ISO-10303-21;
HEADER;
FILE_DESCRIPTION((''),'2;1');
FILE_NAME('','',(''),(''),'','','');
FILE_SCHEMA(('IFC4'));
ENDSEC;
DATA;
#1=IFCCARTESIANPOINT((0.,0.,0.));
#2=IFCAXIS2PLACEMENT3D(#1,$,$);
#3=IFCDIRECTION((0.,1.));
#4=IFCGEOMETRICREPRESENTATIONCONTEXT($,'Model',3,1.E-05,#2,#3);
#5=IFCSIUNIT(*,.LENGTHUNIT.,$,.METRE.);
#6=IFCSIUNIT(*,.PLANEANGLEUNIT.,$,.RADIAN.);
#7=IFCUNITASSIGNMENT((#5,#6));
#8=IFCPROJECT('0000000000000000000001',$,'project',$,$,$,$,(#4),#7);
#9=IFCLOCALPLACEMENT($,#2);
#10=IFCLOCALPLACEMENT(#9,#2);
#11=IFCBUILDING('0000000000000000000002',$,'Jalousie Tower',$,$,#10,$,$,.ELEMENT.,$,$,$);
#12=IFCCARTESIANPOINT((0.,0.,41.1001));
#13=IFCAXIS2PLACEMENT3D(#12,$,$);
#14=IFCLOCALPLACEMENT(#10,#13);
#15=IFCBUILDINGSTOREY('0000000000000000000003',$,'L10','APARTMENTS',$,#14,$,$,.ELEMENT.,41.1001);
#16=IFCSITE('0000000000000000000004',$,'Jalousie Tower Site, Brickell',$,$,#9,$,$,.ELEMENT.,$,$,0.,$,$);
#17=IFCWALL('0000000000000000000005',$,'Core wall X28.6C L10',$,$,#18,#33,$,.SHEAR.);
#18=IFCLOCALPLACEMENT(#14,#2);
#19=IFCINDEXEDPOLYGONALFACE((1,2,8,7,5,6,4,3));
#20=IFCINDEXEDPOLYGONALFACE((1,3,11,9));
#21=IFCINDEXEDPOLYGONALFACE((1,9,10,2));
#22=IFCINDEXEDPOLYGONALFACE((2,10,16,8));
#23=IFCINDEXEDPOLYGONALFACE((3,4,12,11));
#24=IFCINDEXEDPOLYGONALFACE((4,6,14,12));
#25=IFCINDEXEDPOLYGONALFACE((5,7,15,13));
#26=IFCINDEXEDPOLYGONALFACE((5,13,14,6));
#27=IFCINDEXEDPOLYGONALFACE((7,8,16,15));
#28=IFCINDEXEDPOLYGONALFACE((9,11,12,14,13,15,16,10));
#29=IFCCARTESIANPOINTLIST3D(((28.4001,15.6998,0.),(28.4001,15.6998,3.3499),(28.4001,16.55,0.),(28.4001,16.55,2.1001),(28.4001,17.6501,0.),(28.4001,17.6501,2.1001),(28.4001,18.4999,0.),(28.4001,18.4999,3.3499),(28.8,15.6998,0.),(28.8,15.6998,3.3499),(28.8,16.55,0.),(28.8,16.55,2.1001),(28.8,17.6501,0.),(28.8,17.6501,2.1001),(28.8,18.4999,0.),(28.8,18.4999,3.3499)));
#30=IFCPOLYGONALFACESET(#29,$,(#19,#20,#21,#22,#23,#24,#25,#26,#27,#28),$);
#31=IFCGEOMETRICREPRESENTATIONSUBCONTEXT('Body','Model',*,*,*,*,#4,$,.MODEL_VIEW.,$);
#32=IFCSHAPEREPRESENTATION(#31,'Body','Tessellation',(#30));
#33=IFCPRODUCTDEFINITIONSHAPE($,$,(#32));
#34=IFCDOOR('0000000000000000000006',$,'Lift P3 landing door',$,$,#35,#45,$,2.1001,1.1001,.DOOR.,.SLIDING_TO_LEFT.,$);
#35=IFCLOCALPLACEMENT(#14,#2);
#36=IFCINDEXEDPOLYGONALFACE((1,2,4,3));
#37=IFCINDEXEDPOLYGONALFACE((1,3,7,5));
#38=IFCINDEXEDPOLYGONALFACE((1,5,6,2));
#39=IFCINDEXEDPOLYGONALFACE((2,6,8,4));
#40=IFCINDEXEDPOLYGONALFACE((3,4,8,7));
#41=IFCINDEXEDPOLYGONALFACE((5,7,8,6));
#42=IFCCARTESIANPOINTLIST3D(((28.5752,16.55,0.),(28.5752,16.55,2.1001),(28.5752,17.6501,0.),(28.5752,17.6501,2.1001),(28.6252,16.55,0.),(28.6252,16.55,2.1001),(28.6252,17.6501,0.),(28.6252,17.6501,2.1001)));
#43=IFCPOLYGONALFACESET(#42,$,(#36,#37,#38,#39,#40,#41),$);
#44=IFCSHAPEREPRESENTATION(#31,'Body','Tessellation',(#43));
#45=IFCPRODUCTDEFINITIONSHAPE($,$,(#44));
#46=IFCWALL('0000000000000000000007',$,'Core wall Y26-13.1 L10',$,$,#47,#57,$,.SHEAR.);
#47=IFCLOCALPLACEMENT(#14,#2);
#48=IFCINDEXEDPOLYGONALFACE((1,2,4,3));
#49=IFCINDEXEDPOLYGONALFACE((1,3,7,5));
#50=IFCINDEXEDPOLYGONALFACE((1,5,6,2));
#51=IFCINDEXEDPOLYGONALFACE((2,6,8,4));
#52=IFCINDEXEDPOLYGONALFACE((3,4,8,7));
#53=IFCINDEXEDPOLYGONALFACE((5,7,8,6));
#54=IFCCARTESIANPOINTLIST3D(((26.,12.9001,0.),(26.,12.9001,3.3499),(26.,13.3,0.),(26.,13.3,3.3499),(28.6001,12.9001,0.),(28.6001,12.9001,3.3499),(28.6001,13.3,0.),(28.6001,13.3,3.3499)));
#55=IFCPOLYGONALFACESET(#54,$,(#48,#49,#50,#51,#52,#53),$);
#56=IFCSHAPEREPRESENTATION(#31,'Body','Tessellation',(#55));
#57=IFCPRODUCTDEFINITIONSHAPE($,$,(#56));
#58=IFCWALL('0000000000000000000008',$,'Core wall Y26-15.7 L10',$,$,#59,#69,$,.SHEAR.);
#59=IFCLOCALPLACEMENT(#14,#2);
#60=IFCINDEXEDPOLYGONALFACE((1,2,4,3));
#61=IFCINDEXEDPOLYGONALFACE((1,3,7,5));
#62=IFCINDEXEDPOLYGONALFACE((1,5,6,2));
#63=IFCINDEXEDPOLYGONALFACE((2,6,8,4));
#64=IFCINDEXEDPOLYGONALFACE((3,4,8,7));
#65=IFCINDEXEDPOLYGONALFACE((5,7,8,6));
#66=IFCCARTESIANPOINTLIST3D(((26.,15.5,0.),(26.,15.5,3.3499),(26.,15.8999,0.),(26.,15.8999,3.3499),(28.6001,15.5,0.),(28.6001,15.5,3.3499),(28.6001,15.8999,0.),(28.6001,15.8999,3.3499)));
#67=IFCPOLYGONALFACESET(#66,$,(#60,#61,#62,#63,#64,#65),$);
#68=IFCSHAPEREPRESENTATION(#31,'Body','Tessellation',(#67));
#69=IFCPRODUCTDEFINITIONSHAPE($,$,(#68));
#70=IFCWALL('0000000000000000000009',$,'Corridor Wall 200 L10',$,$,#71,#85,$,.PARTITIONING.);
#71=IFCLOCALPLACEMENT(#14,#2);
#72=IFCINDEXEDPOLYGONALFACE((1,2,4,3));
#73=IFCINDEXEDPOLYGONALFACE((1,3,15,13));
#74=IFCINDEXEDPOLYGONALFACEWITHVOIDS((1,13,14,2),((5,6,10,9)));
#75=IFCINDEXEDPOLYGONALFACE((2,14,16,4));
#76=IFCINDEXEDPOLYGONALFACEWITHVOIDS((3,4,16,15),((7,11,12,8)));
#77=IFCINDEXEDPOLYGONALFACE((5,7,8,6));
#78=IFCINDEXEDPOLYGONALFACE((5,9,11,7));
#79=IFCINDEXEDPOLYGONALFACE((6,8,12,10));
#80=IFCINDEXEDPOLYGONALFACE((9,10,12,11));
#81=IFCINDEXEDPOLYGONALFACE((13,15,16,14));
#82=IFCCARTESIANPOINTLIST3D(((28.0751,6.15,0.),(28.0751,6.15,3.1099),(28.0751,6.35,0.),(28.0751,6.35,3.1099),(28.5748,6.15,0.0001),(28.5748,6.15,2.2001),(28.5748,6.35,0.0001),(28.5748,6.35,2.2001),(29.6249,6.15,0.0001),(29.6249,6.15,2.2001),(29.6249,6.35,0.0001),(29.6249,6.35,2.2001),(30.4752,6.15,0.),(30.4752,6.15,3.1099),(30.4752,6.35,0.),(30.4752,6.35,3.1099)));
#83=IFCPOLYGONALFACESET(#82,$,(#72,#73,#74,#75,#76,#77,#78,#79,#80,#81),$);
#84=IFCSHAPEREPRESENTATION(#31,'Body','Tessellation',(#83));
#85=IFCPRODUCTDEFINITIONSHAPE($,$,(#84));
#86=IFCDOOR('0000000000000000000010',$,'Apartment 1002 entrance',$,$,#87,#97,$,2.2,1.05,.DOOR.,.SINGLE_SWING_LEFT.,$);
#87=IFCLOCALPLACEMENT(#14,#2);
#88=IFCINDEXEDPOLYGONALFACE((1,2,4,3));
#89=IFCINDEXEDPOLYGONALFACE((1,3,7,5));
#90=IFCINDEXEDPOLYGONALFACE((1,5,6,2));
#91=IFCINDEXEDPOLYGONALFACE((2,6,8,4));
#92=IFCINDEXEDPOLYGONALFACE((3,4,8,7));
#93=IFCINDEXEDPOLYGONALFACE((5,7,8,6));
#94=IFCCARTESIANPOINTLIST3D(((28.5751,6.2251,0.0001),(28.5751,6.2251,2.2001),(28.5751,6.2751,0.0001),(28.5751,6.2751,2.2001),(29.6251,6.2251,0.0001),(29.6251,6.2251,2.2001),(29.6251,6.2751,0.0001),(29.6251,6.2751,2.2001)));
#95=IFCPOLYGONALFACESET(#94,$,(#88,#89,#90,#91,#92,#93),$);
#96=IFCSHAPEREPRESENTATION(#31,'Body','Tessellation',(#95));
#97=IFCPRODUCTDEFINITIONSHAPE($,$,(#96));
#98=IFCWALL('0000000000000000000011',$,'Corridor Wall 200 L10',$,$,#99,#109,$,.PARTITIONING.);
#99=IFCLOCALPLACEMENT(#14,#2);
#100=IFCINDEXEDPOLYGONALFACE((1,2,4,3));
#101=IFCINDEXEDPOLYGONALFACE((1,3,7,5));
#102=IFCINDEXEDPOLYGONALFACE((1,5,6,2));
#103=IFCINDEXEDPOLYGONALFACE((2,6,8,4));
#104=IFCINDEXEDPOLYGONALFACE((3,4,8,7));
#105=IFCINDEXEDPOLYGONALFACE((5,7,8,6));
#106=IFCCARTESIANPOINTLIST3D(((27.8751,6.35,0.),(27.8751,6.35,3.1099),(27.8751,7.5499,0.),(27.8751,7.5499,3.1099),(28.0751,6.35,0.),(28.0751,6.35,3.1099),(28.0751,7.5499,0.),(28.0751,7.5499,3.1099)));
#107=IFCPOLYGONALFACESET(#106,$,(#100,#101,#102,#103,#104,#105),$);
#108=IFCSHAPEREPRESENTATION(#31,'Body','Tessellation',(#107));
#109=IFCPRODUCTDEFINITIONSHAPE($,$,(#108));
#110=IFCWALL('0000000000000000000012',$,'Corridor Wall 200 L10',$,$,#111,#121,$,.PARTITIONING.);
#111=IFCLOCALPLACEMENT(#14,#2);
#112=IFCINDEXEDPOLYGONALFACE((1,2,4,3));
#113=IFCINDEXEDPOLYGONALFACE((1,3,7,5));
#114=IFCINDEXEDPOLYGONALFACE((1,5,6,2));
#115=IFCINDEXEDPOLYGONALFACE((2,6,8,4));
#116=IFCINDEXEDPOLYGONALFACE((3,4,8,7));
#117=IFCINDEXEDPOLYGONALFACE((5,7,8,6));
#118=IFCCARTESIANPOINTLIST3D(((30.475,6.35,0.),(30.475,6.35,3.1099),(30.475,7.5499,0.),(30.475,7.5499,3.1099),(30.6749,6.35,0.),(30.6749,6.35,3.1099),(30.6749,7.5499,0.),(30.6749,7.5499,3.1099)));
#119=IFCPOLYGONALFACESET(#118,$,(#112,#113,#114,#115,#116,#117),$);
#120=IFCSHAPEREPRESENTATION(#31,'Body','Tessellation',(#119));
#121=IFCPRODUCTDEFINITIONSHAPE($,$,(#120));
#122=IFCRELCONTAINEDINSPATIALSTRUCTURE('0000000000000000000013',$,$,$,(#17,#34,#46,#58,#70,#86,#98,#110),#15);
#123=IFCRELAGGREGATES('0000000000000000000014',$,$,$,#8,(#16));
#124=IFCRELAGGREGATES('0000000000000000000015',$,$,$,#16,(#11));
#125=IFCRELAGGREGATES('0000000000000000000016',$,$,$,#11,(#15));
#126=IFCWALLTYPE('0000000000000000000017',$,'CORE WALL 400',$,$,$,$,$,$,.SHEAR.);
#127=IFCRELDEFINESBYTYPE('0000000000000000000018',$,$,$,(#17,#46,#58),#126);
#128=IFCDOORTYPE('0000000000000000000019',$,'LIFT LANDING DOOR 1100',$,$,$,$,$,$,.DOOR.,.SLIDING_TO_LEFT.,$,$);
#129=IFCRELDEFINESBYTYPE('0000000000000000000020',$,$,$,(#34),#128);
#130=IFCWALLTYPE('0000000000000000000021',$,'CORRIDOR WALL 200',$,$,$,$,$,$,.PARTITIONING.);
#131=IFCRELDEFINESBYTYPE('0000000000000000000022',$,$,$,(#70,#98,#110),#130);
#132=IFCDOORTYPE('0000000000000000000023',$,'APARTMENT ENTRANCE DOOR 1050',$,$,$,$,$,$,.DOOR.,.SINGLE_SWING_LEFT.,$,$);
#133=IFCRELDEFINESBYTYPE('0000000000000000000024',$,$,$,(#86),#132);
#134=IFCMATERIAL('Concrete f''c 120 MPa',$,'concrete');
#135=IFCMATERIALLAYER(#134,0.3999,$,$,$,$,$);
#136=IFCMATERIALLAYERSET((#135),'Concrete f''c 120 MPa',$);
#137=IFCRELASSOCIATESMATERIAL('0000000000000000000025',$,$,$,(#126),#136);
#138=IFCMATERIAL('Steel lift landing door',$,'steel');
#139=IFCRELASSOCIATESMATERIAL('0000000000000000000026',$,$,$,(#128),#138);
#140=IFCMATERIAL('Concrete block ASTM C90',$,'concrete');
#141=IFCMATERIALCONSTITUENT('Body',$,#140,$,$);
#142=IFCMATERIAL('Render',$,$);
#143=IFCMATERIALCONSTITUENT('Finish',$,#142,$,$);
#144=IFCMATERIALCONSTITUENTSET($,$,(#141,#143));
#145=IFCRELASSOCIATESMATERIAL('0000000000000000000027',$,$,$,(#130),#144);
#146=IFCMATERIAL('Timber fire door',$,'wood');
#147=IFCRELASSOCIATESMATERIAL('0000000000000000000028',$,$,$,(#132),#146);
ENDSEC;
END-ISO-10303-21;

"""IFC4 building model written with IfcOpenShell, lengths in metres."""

from ifc_helpers import new_model, si_unit, direction, frame, frame_2d, origin, place, context, subcontext, project, spatial, rectangle, extrude, material, layer, layer_set, constituent, constituent_set, type_object, element, fill, save


model = new_model("IFC4")

# Units and contexts
model_context = context("Model", 3, precision=1e-05, world=origin(), true_north=direction((0.0, 1.0)))
body_context = subcontext(model_context, "Body", "Model", "MODEL_VIEW")
ifc_project = project(units=[si_unit("LENGTHUNIT", "METRE"), si_unit("PLANEANGLEUNIT", "RADIAN")], contexts=[model_context])

# Site, building, storey
site_placement = place(None, origin())
site = spatial("IfcSite", under=ifc_project, at=site_placement, Name="Jalousie Tower Site, Brickell", CompositionType="ELEMENT", RefElevation=0.0)
building_placement = place(site_placement, origin())
building = spatial("IfcBuilding", under=site, at=building_placement, Name="Jalousie Tower", CompositionType="ELEMENT")
storey_placement = place(building_placement, frame((0.0, 0.0, 41.1001)))
storey = spatial("IfcBuildingStorey", under=building, at=storey_placement, Name="L10", Description="APARTMENTS", CompositionType="ELEMENT", Elevation=41.1001)

# Shared definitions
ifc_material_1 = material(Name="Concrete f'c 120 MPa", Category="concrete")
ifc_layer_1 = layer(ifc_material_1, 0.3999)
ifc_layer_set_1 = layer_set([ifc_layer_1], Name="Concrete f'c 120 MPa")
wall_type_1 = type_object("IfcWallType", Name="CORE WALL 400", PredefinedType="SHEAR", material=ifc_layer_set_1)

# Wall, opening, door
ifc_material_2 = material(Name="Steel lift landing door", Category="steel")
door_type_1 = type_object("IfcDoorType", Name="LIFT LANDING DOOR 1100", OperationType="SLIDING_TO_LEFT", PredefinedType="DOOR", material=ifc_material_2)
wall_1_placement = place(storey_placement, frame((28.6001, 15.7, 0.0), z_axis=(0.0, 0.0, 1.0), x_axis=(0.0, 1.0, 0.0)))
wall_1 = element("IfcWall", 1, at=wall_1_placement, inside=storey, type_object=wall_type_1, Name="Core wall X28.6C L10", PredefinedType="SHEAR", context=body_context, shape_type="SweptSolid", body=[
    extrude(rectangle(XDim=2.8, YDim=0.3999, at=frame_2d((1.3999, 0.0))), origin(), (0.0, 0.0, 1.0), 3.3499),
])
opening_1_placement = place(wall_1_placement, frame((0.8501, 0.0, 0.0)))
opening_1 = element("IfcOpeningElement", 2, at=opening_1_placement, cuts=wall_1, PredefinedType="OPENING", context=body_context, shape_type="SweptSolid", body=[
    extrude(rectangle(XDim=1.1001, YDim=2.1001, at=frame_2d((0.55, 1.05))), frame((0.0, 0.21, 0.0), z_axis=(0.0, -1.0, 0.0), x_axis=(1.0, 0.0, 0.0)), (0.0, 0.0, 1.0), 0.4199),
])
door_1_placement = place(opening_1_placement, origin())
door_1 = element("IfcDoor", 3, at=door_1_placement, inside=storey, type_object=door_type_1, Name="Lift P3 landing door", OperationType="SLIDING_TO_LEFT", OverallHeight=2.1001, OverallWidth=1.1001, PredefinedType="DOOR", context=body_context, shape_type="SweptSolid", body=[
    extrude(rectangle(XDim=1.1001, YDim=2.1001, at=frame_2d((0.55, 1.05))), frame((0.0, 0.0249, 0.0), z_axis=(0.0, -1.0, 0.0), x_axis=(1.0, 0.0, 0.0)), (0.0, 0.0, 1.0), 0.05),
])
fill(opening_1, door_1)

# Walls
for number, where, z_axis, x_axis, name in (
    (4, (26.0, 13.1001, 0.0), (0.0, 0.0, 1.0), (1.0, 0.0, 0.0), "Core wall Y26-13.1 L10"),
    (5, (26.0, 15.7, 0.0), (0.0, 0.0, 1.0), (1.0, 0.0, 0.0), "Core wall Y26-15.7 L10"),
):
    element("IfcWall", number, at=place(storey_placement, frame(where, z_axis=z_axis, x_axis=x_axis)), inside=storey, type_object=wall_type_1, Name=name, PredefinedType="SHEAR", context=body_context, shape_type="SweptSolid", body=[
        extrude(rectangle(XDim=2.6001, YDim=0.3999, at=frame_2d((1.3, 0.0))), origin(), (0.0, 0.0, 1.0), 3.3499),
    ])

# Wall, opening, door
ifc_material_3 = material(Name="Concrete block ASTM C90", Category="concrete")
ifc_constituent_1 = constituent(ifc_material_3, Name="Body")
ifc_material_4 = material(Name="Render")
ifc_constituent_2 = constituent(ifc_material_4, Name="Finish")
ifc_constituent_set_1 = constituent_set(constituents=[ifc_constituent_1, ifc_constituent_2])
wall_type_2 = type_object("IfcWallType", Name="CORRIDOR WALL 200", PredefinedType="PARTITIONING", material=ifc_constituent_set_1)
wall_2_placement = place(storey_placement, frame((28.075, 6.25, 0.0), z_axis=(0.0, 0.0, 1.0), x_axis=(1.0, 0.0, 0.0)))
wall_2 = element("IfcWall", 6, at=wall_2_placement, inside=storey, type_object=wall_type_2, Name="Corridor Wall 200 L10", PredefinedType="PARTITIONING", context=body_context, shape_type="SweptSolid", body=[
    extrude(rectangle(XDim=2.4001, YDim=0.2, at=frame_2d((1.2002, 0.0))), origin(), (0.0, 0.0, 1.0), 3.1099),
])
opening_2_placement = place(wall_2_placement, frame((0.5, 0.0, 0.0)))
opening_2 = element("IfcOpeningElement", 7, at=opening_2_placement, cuts=wall_2, PredefinedType="OPENING", context=body_context, shape_type="SweptSolid", body=[
    extrude(rectangle(XDim=1.05, YDim=2.2, at=frame_2d((0.5249, 1.1001))), frame((0.0, 0.1099, 0.0), z_axis=(0.0, -1.0, 0.0), x_axis=(1.0, 0.0, 0.0)), (0.0, 0.0, 1.0), 0.22),
])
ifc_material_5 = material(Name="Timber fire door", Category="wood")
door_type_2 = type_object("IfcDoorType", Name="APARTMENT ENTRANCE DOOR 1050", OperationType="SINGLE_SWING_LEFT", PredefinedType="DOOR", material=ifc_material_5)
door_2_placement = place(opening_2_placement, frame((1.05, 0.0, 0.0), z_axis=(0.0, 0.0, 1.0), x_axis=(-1.0, 0.0, 0.0)))
door_2 = element("IfcDoor", 8, at=door_2_placement, inside=storey, type_object=door_type_2, Name="Apartment 1002 entrance", OperationType="SINGLE_SWING_LEFT", OverallHeight=2.2, OverallWidth=1.05, PredefinedType="DOOR", context=body_context, shape_type="SweptSolid", body=[
    extrude(rectangle(XDim=1.05, YDim=2.2, at=frame_2d((0.5249, 1.1001))), frame((0.0, 0.0249, 0.0), z_axis=(0.0, -1.0, 0.0), x_axis=(1.0, 0.0, 0.0)), (0.0, 0.0, 1.0), 0.05),
])
fill(opening_2, door_2)

# Walls
for number, where, z_axis, x_axis, name in (
    (9, (27.9751, 7.55, 0.0), (0.0, 0.0, 1.0), (0.0, -1.0, 0.0), "Corridor Wall 200 L10"),
    (10, (30.575, 7.55, 0.0), (0.0, 0.0, 1.0), (0.0, -1.0, 0.0), "Corridor Wall 200 L10"),
):
    element("IfcWall", number, at=place(storey_placement, frame(where, z_axis=z_axis, x_axis=x_axis)), inside=storey, type_object=wall_type_2, Name=name, PredefinedType="PARTITIONING", context=body_context, shape_type="SweptSolid", body=[
        extrude(rectangle(XDim=1.2, YDim=0.2, at=frame_2d((0.6001, 0.0))), origin(), (0.0, 0.0, 1.0), 3.1099),
    ])

save(model, "model.ifc")
